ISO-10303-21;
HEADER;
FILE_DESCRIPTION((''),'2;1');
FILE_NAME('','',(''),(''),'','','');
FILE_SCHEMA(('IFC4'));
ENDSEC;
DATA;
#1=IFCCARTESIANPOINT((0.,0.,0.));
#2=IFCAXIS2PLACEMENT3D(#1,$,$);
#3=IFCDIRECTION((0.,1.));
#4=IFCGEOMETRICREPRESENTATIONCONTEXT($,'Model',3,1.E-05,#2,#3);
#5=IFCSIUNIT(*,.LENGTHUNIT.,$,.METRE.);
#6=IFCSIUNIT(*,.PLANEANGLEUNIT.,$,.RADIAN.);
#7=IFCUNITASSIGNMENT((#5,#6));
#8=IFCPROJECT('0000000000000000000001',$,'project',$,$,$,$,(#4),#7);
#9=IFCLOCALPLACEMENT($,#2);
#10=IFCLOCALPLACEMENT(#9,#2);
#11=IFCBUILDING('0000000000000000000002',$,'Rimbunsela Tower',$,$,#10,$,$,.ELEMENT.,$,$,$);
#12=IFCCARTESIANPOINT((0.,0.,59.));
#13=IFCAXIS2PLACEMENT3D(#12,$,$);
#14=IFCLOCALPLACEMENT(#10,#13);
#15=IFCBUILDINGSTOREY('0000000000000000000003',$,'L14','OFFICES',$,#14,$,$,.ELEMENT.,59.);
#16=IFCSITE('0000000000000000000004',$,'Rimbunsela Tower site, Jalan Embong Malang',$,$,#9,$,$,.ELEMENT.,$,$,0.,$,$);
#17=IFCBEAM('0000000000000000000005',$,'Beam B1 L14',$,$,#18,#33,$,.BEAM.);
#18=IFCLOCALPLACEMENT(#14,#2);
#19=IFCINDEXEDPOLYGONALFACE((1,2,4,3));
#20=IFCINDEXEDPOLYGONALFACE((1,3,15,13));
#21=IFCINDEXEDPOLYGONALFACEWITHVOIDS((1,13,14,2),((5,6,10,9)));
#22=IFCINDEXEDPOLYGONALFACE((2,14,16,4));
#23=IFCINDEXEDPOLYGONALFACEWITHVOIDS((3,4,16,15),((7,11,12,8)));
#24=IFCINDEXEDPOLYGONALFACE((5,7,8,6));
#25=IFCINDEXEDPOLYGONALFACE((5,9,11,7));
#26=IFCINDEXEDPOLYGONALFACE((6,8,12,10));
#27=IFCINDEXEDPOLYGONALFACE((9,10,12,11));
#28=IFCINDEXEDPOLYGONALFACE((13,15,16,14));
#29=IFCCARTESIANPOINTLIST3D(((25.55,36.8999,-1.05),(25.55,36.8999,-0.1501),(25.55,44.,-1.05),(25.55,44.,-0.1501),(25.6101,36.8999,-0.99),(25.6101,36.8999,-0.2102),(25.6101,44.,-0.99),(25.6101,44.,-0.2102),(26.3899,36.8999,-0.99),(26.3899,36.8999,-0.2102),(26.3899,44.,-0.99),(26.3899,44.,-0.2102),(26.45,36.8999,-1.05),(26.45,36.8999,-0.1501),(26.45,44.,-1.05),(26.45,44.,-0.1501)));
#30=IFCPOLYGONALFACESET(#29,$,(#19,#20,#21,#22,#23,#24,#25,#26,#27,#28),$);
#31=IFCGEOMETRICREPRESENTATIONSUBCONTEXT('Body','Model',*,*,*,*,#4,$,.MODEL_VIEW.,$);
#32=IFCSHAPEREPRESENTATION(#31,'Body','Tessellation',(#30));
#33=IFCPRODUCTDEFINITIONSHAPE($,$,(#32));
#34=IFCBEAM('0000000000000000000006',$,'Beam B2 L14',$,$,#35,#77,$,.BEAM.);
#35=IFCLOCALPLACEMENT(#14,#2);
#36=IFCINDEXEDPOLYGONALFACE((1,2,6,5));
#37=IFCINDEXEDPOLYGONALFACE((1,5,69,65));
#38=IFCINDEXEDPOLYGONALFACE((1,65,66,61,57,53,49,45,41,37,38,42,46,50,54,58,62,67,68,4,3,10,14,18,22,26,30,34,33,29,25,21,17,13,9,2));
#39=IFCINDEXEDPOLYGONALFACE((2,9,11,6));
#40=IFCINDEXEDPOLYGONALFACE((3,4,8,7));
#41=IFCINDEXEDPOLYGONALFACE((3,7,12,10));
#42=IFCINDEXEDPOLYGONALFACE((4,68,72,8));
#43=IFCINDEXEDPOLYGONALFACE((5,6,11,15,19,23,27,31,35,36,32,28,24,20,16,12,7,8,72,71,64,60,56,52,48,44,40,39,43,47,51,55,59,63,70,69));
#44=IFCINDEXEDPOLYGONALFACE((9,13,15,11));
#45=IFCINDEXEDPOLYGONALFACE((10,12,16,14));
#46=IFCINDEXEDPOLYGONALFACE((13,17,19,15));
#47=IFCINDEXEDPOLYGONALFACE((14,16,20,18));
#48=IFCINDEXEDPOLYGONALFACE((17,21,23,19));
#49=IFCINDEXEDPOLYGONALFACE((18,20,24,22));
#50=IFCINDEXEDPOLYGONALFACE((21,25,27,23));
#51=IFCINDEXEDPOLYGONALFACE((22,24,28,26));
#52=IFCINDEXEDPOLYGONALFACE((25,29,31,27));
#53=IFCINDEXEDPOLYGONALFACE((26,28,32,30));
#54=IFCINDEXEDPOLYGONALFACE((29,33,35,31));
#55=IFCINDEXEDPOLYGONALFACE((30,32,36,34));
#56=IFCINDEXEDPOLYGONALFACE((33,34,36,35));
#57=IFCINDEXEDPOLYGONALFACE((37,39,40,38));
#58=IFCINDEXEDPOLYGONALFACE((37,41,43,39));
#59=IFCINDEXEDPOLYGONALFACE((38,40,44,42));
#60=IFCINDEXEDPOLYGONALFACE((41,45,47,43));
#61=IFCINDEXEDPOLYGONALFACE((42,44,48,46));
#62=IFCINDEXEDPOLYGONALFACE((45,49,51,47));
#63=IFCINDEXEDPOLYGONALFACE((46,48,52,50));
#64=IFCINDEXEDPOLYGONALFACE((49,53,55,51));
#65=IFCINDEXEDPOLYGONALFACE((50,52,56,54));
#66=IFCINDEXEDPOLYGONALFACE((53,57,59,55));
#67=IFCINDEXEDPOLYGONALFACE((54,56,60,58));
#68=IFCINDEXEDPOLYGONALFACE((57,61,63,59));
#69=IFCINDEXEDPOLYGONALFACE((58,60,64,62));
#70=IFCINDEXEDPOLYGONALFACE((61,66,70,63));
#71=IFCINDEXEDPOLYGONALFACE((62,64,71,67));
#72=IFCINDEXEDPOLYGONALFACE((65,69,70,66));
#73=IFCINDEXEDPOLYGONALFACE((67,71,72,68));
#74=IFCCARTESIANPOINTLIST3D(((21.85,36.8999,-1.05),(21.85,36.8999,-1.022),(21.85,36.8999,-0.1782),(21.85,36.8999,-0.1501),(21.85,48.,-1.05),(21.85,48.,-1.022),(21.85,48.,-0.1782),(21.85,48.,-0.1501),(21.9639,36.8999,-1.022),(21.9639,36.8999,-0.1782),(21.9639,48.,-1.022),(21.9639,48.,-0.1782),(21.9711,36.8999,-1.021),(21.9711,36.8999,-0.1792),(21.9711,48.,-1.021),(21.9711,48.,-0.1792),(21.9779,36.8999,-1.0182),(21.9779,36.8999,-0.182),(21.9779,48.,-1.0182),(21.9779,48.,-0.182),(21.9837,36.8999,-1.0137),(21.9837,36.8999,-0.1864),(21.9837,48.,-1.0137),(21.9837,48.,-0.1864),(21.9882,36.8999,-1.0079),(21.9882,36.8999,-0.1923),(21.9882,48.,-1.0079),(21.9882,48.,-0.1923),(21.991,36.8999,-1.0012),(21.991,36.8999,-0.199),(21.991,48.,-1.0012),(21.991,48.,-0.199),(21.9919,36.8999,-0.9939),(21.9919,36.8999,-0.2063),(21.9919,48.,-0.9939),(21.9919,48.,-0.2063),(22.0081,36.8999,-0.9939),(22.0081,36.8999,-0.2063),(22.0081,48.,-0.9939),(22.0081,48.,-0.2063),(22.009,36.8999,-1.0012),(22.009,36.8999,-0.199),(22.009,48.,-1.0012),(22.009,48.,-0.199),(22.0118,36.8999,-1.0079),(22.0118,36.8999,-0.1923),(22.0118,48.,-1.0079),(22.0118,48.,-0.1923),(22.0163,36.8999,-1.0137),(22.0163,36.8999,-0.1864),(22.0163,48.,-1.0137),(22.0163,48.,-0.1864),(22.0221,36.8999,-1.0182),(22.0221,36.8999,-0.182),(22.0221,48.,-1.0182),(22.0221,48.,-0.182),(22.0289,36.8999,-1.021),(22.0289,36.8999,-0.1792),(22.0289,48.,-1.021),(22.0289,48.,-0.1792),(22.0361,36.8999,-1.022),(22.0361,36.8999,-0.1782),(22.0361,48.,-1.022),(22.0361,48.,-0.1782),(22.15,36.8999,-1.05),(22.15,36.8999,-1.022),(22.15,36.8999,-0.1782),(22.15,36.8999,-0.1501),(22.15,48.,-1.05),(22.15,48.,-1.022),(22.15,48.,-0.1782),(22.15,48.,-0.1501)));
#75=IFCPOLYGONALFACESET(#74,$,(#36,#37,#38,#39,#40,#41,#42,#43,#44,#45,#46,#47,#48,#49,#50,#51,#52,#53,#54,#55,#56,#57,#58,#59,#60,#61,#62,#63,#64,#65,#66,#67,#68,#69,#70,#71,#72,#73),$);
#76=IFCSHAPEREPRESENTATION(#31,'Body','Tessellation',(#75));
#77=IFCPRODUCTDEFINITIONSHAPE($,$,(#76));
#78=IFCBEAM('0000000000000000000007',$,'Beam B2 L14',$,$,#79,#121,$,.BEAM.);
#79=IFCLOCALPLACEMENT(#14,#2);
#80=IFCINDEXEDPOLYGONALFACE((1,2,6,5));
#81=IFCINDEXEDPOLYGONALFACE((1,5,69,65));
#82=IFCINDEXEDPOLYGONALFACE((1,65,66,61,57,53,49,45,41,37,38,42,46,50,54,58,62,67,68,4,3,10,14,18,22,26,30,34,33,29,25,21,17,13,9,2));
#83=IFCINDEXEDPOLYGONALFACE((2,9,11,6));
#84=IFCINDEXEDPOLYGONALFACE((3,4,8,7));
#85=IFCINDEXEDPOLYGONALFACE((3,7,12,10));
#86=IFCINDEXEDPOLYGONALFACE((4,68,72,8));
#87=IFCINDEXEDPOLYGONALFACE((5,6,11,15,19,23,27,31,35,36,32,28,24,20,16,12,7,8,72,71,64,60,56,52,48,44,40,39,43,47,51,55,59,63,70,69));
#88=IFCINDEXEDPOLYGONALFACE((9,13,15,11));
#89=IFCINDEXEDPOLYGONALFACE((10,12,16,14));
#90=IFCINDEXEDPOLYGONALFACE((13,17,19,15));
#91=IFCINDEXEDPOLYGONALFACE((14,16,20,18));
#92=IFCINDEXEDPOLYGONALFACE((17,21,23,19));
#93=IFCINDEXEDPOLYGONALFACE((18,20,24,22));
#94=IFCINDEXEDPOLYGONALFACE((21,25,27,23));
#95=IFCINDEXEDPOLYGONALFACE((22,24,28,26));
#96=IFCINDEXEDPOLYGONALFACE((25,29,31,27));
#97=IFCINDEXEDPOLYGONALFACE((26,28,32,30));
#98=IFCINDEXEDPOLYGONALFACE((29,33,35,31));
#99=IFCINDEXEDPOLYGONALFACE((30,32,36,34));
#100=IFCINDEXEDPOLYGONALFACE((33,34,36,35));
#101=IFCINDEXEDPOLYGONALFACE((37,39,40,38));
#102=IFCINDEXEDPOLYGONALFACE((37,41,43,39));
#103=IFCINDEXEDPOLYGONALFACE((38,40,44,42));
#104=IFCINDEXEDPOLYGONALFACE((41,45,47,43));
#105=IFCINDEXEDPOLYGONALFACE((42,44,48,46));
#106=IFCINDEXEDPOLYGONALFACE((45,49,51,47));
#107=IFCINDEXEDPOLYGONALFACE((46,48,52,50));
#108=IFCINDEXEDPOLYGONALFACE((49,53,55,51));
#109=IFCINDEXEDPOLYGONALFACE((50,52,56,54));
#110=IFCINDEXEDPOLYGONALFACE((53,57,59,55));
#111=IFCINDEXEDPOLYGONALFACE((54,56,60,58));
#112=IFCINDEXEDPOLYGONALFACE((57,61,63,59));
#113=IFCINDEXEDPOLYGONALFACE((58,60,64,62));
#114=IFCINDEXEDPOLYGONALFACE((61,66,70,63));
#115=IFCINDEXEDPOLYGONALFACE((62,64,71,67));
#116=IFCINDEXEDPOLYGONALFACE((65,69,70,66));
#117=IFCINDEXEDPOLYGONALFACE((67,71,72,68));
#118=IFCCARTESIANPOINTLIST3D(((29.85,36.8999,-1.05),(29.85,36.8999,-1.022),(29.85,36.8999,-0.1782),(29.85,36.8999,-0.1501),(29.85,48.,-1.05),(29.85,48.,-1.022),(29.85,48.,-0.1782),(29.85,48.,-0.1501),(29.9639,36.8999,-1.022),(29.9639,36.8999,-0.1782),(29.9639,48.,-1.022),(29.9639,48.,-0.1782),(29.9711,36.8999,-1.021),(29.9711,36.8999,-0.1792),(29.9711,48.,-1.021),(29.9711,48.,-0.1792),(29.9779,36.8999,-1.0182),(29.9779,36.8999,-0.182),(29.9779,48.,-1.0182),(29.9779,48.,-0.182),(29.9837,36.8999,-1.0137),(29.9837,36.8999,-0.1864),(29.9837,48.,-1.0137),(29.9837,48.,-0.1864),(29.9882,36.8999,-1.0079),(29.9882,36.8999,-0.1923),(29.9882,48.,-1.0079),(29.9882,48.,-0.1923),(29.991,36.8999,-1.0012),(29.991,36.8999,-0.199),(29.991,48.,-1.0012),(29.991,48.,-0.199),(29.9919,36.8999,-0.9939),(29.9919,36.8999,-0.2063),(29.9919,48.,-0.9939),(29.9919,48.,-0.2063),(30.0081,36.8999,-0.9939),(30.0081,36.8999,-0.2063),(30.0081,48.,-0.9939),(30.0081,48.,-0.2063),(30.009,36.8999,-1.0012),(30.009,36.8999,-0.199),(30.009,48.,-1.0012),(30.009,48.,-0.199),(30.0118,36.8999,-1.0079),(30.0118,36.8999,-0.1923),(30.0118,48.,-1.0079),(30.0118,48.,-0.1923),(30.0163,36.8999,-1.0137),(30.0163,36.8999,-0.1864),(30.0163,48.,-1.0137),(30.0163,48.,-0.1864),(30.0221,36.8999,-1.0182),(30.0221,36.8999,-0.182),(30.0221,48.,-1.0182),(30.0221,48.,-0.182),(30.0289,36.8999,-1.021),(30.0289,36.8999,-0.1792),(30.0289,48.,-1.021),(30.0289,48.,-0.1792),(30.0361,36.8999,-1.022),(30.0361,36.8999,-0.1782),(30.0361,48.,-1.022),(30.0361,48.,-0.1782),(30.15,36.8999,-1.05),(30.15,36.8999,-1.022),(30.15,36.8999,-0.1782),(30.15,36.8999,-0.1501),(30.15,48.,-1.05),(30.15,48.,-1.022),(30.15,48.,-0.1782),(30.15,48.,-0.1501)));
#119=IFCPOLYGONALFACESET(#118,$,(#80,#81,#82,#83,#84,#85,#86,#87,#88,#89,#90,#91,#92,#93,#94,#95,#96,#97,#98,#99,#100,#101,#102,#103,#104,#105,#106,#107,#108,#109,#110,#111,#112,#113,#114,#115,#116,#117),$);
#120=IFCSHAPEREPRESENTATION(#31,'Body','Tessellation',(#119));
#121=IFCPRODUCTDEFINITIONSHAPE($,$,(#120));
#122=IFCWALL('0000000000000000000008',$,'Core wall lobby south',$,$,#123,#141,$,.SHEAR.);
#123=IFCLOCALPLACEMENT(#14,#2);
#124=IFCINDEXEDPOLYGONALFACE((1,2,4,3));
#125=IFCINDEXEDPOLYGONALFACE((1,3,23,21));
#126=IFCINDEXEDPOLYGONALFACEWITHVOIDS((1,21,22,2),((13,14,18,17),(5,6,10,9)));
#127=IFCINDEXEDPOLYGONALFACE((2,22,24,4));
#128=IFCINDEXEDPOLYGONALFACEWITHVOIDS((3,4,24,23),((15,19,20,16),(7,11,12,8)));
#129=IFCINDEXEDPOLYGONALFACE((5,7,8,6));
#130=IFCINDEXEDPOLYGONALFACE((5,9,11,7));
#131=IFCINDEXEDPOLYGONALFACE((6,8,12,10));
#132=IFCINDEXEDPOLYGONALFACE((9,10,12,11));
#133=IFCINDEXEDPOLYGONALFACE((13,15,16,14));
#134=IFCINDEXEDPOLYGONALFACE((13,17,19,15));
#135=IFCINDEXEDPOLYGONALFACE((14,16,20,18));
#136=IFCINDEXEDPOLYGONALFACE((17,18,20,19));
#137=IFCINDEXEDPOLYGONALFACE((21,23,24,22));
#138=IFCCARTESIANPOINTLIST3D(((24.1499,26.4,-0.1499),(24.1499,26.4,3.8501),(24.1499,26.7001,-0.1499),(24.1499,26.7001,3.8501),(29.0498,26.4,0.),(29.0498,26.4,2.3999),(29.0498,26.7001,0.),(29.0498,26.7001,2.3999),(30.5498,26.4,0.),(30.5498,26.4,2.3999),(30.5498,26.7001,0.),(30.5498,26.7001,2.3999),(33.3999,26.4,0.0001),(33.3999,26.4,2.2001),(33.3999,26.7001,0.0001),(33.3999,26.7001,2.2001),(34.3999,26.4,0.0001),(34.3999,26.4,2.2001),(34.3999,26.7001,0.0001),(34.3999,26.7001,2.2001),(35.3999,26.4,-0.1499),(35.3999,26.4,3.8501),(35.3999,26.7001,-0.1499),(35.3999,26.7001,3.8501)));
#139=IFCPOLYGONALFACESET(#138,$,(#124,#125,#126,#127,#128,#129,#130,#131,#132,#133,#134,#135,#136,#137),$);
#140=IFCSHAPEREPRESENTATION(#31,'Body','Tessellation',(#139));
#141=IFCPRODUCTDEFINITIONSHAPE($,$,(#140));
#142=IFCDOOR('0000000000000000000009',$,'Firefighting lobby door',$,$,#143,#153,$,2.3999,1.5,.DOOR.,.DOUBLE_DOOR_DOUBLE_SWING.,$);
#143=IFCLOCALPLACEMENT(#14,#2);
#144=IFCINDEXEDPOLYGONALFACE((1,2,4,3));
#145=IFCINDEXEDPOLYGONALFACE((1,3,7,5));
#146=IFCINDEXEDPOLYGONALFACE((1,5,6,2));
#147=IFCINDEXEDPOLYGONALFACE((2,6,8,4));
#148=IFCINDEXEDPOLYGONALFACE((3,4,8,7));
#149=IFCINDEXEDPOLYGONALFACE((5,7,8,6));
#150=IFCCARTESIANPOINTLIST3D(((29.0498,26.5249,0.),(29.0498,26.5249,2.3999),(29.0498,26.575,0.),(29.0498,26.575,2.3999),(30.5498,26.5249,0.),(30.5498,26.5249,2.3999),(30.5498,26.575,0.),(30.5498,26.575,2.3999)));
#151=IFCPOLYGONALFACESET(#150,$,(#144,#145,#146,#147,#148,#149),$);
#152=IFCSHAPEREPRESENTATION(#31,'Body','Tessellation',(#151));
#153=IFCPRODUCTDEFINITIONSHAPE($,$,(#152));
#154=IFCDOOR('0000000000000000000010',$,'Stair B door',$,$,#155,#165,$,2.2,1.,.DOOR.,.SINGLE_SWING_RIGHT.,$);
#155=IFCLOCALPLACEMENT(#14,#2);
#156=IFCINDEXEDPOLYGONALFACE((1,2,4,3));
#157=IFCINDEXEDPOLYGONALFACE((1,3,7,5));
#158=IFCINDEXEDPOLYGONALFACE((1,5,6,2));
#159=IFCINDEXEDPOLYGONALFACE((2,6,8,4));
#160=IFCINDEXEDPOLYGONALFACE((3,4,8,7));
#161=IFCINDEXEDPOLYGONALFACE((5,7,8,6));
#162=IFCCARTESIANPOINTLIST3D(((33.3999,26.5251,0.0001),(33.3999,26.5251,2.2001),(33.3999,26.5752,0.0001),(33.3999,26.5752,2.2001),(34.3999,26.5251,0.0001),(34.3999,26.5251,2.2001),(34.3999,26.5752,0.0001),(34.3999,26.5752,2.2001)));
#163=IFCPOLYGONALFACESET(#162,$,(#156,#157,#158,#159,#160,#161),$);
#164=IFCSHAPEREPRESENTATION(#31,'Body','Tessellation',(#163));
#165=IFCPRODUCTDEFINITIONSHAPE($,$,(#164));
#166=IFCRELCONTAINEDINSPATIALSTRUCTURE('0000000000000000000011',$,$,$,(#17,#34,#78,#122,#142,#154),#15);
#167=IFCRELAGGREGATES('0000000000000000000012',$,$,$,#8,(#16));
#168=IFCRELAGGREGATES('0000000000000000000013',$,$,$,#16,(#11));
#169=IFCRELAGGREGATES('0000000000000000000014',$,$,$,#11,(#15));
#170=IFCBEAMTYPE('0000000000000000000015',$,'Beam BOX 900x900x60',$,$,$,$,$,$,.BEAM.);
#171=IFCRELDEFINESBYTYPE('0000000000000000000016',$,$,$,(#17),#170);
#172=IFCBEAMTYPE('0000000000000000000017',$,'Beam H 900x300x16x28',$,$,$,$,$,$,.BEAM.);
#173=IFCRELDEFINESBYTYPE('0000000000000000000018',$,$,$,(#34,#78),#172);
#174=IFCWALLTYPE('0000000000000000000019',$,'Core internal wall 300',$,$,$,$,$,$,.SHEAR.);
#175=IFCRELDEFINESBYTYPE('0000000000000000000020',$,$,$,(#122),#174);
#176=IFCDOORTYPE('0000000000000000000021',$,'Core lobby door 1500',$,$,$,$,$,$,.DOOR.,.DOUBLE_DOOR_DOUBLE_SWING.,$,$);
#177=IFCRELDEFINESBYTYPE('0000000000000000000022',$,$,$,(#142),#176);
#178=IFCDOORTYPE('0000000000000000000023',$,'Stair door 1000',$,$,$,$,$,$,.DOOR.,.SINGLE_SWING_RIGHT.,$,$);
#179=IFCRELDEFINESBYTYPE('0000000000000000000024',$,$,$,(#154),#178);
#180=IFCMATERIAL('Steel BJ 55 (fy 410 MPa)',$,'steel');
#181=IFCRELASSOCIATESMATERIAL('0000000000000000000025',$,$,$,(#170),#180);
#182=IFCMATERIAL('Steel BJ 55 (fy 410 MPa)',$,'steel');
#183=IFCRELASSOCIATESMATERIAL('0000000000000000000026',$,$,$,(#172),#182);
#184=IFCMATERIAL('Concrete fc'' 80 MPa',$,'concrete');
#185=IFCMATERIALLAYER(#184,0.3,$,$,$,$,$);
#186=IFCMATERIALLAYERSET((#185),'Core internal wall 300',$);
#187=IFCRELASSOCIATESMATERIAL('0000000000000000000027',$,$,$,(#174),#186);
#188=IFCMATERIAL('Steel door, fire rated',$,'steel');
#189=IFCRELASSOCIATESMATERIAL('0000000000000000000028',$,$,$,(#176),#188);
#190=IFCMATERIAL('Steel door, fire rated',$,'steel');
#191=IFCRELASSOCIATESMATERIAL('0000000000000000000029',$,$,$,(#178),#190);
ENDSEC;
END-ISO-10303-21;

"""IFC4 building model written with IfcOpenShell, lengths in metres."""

from ifc_helpers import new_model, si_unit, direction, frame, frame_2d, origin, origin_2d, place, context, subcontext, project, spatial, rectangle, hollow_rectangle, i_section, extrude, material, layer, layer_set, material_profile, profile_set, type_object, element, fill, save


model = new_model("IFC4")

# Units and contexts
model_context = context("Model", 3, precision=1e-05, world=origin(), true_north=direction((0.0, 1.0)))
body_context = subcontext(model_context, "Body", "Model", "MODEL_VIEW")
ifc_project = project(units=[si_unit("LENGTHUNIT", "METRE"), si_unit("PLANEANGLEUNIT", "RADIAN")], contexts=[model_context])

# Site, building, storey
site_placement = place(None, origin())
site = spatial("IfcSite", under=ifc_project, at=site_placement, Name="Rimbunsela Tower site, Jalan Embong Malang", CompositionType="ELEMENT", RefElevation=0.0)
building_placement = place(site_placement, origin())
building = spatial("IfcBuilding", under=site, at=building_placement, Name="Rimbunsela Tower", CompositionType="ELEMENT")
storey_placement = place(building_placement, frame((0.0, 0.0, 59.0)))
storey = spatial("IfcBuildingStorey", under=building, at=storey_placement, Name="L14", Description="OFFICES", CompositionType="ELEMENT", Elevation=59.0)

# Beams
ifc_material_1 = material(Name="Steel BJ 55 (fy 410 MPa)", Category="steel")
ifc_material_profile_1 = material_profile(ifc_material_1, hollow_rectangle(XDim=0.8999, YDim=0.8999, WallThickness=0.0601, at=origin_2d()), Name="BOX 900x900x60")
ifc_profile_set_1 = profile_set([ifc_material_profile_1], Name="Steel BJ 55 (fy 410 MPa)")
beam_type_1 = type_object("IfcBeamType", Name="Beam BOX 900x900x60", PredefinedType="BEAM", material=ifc_profile_set_1)
beam_placement = place(storey_placement, frame((26.0, 36.8999, -0.6001), z_axis=(0.0, 1.0, 0.0), x_axis=(-1.0, 0.0, 0.0)))
element("IfcBeam", 1, at=beam_placement, inside=storey, type_object=beam_type_1, Name="Beam B1 L14", PredefinedType="BEAM", context=body_context, shape_type="SweptSolid", body=[
    extrude(hollow_rectangle(XDim=0.8999, YDim=0.8999, WallThickness=0.0601, at=origin_2d()), origin(), (0.0, 0.0, 1.0), 7.1001),
])
ifc_material_2 = material(Name="Steel BJ 55 (fy 410 MPa)", Category="steel")
ifc_material_profile_2 = material_profile(ifc_material_2, i_section(OverallWidth=0.3, OverallDepth=0.8999, WebThickness=0.0161, FlangeThickness=0.0281, FilletRadius=0.0281, at=origin_2d()), Name="H 900x300x16x28")
ifc_profile_set_2 = profile_set([ifc_material_profile_2], Name="Steel BJ 55 (fy 410 MPa)")
beam_type_2 = type_object("IfcBeamType", Name="Beam H 900x300x16x28", PredefinedType="BEAM", material=ifc_profile_set_2)
for number, where, z_axis, x_axis, name in (
    (2, (22.0, 36.8999, -0.6001), (0.0, 1.0, 0.0), (-1.0, 0.0, 0.0), "Beam B2 L14"),
    (3, (30.0, 36.8999, -0.6001), (0.0, 1.0, 0.0), (-1.0, 0.0, 0.0), "Beam B2 L14"),
):
    element("IfcBeam", number, at=place(storey_placement, frame(where, z_axis=z_axis, x_axis=x_axis)), inside=storey, type_object=beam_type_2, Name=name, PredefinedType="BEAM", context=body_context, shape_type="SweptSolid", body=[
        extrude(i_section(OverallWidth=0.3, OverallDepth=0.8999, WebThickness=0.0161, FlangeThickness=0.0281, FilletRadius=0.0281, at=origin_2d()), origin(), (0.0, 0.0, 1.0), 11.1001),
    ])

# Wall, openings, doors
ifc_material_3 = material(Name="Concrete fc' 80 MPa", Category="concrete")
ifc_layer_1 = layer(ifc_material_3, 0.3)
ifc_layer_set_1 = layer_set([ifc_layer_1], Name="Core internal wall 300")
wall_type_1 = type_object("IfcWallType", Name="Core internal wall 300", PredefinedType="SHEAR", material=ifc_layer_set_1)
wall_1_placement = place(storey_placement, frame((24.1499, 26.55, -0.1499), z_axis=(0.0, 0.0, 1.0), x_axis=(1.0, 0.0, 0.0)))
wall_1 = element("IfcWall", 4, at=wall_1_placement, inside=storey, type_object=wall_type_1, Name="Core wall lobby south", PredefinedType="SHEAR", context=body_context, shape_type="SweptSolid", body=[
    extrude(rectangle(XDim=11.25, YDim=0.3, at=frame_2d((5.625, 0.0))), origin(), (0.0, 0.0, 1.0), 4.0),
])
opening_1_placement = place(wall_1_placement, frame((9.25, 0.0, 0.1499)))
opening_1 = element("IfcOpeningElement", 5, at=opening_1_placement, cuts=wall_1, PredefinedType="OPENING", context=body_context, shape_type="SweptSolid", body=[
    extrude(rectangle(XDim=1.0, YDim=2.2, at=frame_2d((0.5, 1.1001))), frame((0.0, 0.1599, 0.0), z_axis=(0.0, -1.0, 0.0), x_axis=(1.0, 0.0, 0.0)), (0.0, 0.0, 1.0), 0.3201),
])
opening_2_placement = place(wall_1_placement, frame((4.8999, 0.0, 0.1499)))
opening_2 = element("IfcOpeningElement", 6, at=opening_2_placement, cuts=wall_1, PredefinedType="OPENING", context=body_context, shape_type="SweptSolid", body=[
    extrude(rectangle(XDim=1.5, YDim=2.3999, at=frame_2d((0.75, 1.2))), frame((0.0, 0.1599, 0.0), z_axis=(0.0, -1.0, 0.0), x_axis=(1.0, 0.0, 0.0)), (0.0, 0.0, 1.0), 0.3201),
])
ifc_material_4 = material(Name="Steel door, fire rated", Category="steel")
door_type_1 = type_object("IfcDoorType", Name="Core lobby door 1500", OperationType="DOUBLE_DOOR_DOUBLE_SWING", PredefinedType="DOOR", material=ifc_material_4)
door_1_placement = place(opening_2_placement, origin())
door_1 = element("IfcDoor", 7, at=door_1_placement, inside=storey, type_object=door_type_1, Name="Firefighting lobby door", OperationType="DOUBLE_DOOR_DOUBLE_SWING", OverallHeight=2.3999, OverallWidth=1.5, PredefinedType="DOOR", context=body_context, shape_type="SweptSolid", body=[
    extrude(rectangle(XDim=1.5, YDim=2.3999, at=frame_2d((0.75, 1.2))), frame((0.0, 0.0249, 0.0), z_axis=(0.0, -1.0, 0.0), x_axis=(1.0, 0.0, 0.0)), (0.0, 0.0, 1.0), 0.05),
])
fill(opening_2, door_1)
ifc_material_5 = material(Name="Steel door, fire rated", Category="steel")
door_type_2 = type_object("IfcDoorType", Name="Stair door 1000", OperationType="SINGLE_SWING_RIGHT", PredefinedType="DOOR", material=ifc_material_5)
door_2_placement = place(opening_1_placement, frame((1.0, 0.0, 0.0), z_axis=(0.0, 0.0, 1.0), x_axis=(-1.0, 0.0, 0.0)))
door_2 = element("IfcDoor", 8, at=door_2_placement, inside=storey, type_object=door_type_2, Name="Stair B door", OperationType="SINGLE_SWING_RIGHT", OverallHeight=2.2, OverallWidth=1.0, PredefinedType="DOOR", context=body_context, shape_type="SweptSolid", body=[
    extrude(rectangle(XDim=1.0, YDim=2.2, at=frame_2d((0.5, 1.1001))), frame((0.0, 0.0249, 0.0), z_axis=(0.0, -1.0, 0.0), x_axis=(1.0, 0.0, 0.0)), (0.0, 0.0, 1.0), 0.05),
])
fill(opening_1, door_2)

save(model, "model.ifc")
